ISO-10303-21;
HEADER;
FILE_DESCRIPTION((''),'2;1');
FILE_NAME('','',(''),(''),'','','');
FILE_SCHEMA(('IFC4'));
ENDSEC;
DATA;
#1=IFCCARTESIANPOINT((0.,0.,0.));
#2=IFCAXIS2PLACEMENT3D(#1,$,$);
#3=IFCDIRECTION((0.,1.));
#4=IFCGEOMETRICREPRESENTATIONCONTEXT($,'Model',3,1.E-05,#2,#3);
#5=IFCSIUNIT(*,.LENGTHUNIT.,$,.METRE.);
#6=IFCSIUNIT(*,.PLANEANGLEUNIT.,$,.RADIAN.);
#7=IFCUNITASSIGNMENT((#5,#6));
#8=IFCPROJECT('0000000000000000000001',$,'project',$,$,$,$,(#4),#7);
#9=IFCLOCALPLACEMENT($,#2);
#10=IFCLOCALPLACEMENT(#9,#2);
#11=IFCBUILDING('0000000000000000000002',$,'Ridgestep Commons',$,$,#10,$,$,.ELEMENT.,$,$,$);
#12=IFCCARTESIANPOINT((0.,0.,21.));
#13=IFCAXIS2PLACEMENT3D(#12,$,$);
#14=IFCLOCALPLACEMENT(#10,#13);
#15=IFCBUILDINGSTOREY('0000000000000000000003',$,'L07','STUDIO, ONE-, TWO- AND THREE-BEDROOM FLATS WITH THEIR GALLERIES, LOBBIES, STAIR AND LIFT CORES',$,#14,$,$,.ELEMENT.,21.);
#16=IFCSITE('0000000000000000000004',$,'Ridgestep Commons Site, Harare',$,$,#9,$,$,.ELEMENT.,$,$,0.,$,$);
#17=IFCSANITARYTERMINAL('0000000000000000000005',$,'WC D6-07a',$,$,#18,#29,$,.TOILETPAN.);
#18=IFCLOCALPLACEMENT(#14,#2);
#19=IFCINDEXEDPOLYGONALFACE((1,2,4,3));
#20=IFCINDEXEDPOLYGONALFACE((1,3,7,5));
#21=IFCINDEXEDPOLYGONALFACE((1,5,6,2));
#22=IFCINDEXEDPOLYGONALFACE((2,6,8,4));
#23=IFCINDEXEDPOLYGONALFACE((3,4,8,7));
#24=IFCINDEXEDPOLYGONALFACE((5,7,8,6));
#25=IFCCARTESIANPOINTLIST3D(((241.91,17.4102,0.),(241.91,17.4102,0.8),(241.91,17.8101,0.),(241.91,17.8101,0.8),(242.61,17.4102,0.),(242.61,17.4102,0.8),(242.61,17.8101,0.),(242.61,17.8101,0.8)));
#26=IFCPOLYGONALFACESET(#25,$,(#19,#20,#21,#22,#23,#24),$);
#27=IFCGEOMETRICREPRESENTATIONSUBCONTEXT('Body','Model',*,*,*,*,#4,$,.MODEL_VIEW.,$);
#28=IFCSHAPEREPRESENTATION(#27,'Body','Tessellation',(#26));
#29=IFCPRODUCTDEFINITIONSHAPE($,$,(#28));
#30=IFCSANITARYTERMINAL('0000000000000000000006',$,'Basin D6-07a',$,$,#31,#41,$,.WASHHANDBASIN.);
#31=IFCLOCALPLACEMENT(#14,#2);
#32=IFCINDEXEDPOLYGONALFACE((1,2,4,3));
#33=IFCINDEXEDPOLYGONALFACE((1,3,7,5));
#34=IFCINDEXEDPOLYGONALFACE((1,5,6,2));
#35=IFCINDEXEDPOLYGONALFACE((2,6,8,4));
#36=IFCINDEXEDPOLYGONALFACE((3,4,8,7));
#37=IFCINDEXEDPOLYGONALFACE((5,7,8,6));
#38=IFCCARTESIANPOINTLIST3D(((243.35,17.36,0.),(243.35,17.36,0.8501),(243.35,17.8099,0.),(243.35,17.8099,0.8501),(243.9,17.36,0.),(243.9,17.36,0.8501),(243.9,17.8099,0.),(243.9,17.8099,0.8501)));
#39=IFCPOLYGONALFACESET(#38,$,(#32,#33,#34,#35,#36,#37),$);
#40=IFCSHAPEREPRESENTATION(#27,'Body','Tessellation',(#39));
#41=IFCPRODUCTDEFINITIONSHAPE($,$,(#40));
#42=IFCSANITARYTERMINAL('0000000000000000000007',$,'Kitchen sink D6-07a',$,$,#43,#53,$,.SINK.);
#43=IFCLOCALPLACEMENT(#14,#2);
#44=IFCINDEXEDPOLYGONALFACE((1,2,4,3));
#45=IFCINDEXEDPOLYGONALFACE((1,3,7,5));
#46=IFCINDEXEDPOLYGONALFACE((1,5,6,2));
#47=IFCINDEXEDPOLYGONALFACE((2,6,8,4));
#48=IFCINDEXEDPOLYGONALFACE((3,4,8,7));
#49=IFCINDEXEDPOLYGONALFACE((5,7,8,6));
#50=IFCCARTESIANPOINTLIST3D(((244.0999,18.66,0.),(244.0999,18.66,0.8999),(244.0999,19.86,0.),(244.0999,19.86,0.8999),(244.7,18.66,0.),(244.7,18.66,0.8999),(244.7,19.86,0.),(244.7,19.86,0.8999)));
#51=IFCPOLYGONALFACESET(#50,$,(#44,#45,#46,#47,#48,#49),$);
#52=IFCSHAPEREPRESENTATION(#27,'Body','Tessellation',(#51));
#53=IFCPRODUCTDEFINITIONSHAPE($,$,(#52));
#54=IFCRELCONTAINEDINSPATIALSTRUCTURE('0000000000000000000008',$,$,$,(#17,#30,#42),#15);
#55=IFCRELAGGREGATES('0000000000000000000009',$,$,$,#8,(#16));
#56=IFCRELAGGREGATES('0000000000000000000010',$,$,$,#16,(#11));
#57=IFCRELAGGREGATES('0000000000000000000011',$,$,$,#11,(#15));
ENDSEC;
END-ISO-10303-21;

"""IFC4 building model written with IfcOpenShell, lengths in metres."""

from ifc_helpers import new_model, si_unit, direction, frame, origin, origin_2d, place, context, subcontext, project, spatial, rectangle, extrude, element, save


model = new_model("IFC4")

# Units and contexts
model_context = context("Model", 3, precision=1e-05, world=origin(), true_north=direction((0.0, 1.0)))
body_context = subcontext(model_context, "Body", "Model", "MODEL_VIEW")
ifc_project = project(units=[si_unit("LENGTHUNIT", "METRE"), si_unit("PLANEANGLEUNIT", "RADIAN")], contexts=[model_context])

# Site, building, storey
site_placement = place(None, origin())
site = spatial("IfcSite", under=ifc_project, at=site_placement, Name="Ridgestep Commons Site, Harare", CompositionType="ELEMENT", RefElevation=0.0)
building_placement = place(site_placement, origin())
building = spatial("IfcBuilding", under=site, at=building_placement, Name="Ridgestep Commons", CompositionType="ELEMENT")
storey_placement = place(building_placement, frame((0.0, 0.0, 21.0)))
storey = spatial("IfcBuildingStorey", under=building, at=storey_placement, Name="L07", Description="STUDIO, ONE-, TWO- AND THREE-BEDROOM FLATS WITH THEIR GALLERIES, LOBBIES, STAIR AND LIFT CORES", CompositionType="ELEMENT", Elevation=21.0)

# Sanitary terminals
sanitary_terminal_1_placement = place(storey_placement, frame((242.26, 17.6101, 0.0), z_axis=(0.0, 0.0, 1.0), x_axis=(1.0, 0.0, 0.0)))
element("IfcSanitaryTerminal", 1, at=sanitary_terminal_1_placement, inside=storey, Name="WC D6-07a", PredefinedType="TOILETPAN", context=body_context, shape_type="SweptSolid", body=[
    extrude(rectangle(XDim=0.7, YDim=0.3999, at=origin_2d()), origin(), (0.0, 0.0, 1.0), 0.8),
])
sanitary_terminal_2_placement = place(storey_placement, frame((243.625, 17.585, 0.0), z_axis=(0.0, 0.0, 1.0), x_axis=(1.0, 0.0, 0.0)))
element("IfcSanitaryTerminal", 2, at=sanitary_terminal_2_placement, inside=storey, Name="Basin D6-07a", PredefinedType="WASHHANDBASIN", context=body_context, shape_type="SweptSolid", body=[
    extrude(rectangle(XDim=0.55, YDim=0.45, at=origin_2d()), origin(), (0.0, 0.0, 1.0), 0.8501),
])
sanitary_terminal_3_placement = place(storey_placement, frame((244.3999, 19.26, 0.0), z_axis=(0.0, 0.0, 1.0), x_axis=(1.0, 0.0, 0.0)))
element("IfcSanitaryTerminal", 3, at=sanitary_terminal_3_placement, inside=storey, Name="Kitchen sink D6-07a", PredefinedType="SINK", context=body_context, shape_type="SweptSolid", body=[
    extrude(rectangle(XDim=0.6001, YDim=1.2, at=origin_2d()), origin(), (0.0, 0.0, 1.0), 0.8999),
])

save(model, "model.ifc")
